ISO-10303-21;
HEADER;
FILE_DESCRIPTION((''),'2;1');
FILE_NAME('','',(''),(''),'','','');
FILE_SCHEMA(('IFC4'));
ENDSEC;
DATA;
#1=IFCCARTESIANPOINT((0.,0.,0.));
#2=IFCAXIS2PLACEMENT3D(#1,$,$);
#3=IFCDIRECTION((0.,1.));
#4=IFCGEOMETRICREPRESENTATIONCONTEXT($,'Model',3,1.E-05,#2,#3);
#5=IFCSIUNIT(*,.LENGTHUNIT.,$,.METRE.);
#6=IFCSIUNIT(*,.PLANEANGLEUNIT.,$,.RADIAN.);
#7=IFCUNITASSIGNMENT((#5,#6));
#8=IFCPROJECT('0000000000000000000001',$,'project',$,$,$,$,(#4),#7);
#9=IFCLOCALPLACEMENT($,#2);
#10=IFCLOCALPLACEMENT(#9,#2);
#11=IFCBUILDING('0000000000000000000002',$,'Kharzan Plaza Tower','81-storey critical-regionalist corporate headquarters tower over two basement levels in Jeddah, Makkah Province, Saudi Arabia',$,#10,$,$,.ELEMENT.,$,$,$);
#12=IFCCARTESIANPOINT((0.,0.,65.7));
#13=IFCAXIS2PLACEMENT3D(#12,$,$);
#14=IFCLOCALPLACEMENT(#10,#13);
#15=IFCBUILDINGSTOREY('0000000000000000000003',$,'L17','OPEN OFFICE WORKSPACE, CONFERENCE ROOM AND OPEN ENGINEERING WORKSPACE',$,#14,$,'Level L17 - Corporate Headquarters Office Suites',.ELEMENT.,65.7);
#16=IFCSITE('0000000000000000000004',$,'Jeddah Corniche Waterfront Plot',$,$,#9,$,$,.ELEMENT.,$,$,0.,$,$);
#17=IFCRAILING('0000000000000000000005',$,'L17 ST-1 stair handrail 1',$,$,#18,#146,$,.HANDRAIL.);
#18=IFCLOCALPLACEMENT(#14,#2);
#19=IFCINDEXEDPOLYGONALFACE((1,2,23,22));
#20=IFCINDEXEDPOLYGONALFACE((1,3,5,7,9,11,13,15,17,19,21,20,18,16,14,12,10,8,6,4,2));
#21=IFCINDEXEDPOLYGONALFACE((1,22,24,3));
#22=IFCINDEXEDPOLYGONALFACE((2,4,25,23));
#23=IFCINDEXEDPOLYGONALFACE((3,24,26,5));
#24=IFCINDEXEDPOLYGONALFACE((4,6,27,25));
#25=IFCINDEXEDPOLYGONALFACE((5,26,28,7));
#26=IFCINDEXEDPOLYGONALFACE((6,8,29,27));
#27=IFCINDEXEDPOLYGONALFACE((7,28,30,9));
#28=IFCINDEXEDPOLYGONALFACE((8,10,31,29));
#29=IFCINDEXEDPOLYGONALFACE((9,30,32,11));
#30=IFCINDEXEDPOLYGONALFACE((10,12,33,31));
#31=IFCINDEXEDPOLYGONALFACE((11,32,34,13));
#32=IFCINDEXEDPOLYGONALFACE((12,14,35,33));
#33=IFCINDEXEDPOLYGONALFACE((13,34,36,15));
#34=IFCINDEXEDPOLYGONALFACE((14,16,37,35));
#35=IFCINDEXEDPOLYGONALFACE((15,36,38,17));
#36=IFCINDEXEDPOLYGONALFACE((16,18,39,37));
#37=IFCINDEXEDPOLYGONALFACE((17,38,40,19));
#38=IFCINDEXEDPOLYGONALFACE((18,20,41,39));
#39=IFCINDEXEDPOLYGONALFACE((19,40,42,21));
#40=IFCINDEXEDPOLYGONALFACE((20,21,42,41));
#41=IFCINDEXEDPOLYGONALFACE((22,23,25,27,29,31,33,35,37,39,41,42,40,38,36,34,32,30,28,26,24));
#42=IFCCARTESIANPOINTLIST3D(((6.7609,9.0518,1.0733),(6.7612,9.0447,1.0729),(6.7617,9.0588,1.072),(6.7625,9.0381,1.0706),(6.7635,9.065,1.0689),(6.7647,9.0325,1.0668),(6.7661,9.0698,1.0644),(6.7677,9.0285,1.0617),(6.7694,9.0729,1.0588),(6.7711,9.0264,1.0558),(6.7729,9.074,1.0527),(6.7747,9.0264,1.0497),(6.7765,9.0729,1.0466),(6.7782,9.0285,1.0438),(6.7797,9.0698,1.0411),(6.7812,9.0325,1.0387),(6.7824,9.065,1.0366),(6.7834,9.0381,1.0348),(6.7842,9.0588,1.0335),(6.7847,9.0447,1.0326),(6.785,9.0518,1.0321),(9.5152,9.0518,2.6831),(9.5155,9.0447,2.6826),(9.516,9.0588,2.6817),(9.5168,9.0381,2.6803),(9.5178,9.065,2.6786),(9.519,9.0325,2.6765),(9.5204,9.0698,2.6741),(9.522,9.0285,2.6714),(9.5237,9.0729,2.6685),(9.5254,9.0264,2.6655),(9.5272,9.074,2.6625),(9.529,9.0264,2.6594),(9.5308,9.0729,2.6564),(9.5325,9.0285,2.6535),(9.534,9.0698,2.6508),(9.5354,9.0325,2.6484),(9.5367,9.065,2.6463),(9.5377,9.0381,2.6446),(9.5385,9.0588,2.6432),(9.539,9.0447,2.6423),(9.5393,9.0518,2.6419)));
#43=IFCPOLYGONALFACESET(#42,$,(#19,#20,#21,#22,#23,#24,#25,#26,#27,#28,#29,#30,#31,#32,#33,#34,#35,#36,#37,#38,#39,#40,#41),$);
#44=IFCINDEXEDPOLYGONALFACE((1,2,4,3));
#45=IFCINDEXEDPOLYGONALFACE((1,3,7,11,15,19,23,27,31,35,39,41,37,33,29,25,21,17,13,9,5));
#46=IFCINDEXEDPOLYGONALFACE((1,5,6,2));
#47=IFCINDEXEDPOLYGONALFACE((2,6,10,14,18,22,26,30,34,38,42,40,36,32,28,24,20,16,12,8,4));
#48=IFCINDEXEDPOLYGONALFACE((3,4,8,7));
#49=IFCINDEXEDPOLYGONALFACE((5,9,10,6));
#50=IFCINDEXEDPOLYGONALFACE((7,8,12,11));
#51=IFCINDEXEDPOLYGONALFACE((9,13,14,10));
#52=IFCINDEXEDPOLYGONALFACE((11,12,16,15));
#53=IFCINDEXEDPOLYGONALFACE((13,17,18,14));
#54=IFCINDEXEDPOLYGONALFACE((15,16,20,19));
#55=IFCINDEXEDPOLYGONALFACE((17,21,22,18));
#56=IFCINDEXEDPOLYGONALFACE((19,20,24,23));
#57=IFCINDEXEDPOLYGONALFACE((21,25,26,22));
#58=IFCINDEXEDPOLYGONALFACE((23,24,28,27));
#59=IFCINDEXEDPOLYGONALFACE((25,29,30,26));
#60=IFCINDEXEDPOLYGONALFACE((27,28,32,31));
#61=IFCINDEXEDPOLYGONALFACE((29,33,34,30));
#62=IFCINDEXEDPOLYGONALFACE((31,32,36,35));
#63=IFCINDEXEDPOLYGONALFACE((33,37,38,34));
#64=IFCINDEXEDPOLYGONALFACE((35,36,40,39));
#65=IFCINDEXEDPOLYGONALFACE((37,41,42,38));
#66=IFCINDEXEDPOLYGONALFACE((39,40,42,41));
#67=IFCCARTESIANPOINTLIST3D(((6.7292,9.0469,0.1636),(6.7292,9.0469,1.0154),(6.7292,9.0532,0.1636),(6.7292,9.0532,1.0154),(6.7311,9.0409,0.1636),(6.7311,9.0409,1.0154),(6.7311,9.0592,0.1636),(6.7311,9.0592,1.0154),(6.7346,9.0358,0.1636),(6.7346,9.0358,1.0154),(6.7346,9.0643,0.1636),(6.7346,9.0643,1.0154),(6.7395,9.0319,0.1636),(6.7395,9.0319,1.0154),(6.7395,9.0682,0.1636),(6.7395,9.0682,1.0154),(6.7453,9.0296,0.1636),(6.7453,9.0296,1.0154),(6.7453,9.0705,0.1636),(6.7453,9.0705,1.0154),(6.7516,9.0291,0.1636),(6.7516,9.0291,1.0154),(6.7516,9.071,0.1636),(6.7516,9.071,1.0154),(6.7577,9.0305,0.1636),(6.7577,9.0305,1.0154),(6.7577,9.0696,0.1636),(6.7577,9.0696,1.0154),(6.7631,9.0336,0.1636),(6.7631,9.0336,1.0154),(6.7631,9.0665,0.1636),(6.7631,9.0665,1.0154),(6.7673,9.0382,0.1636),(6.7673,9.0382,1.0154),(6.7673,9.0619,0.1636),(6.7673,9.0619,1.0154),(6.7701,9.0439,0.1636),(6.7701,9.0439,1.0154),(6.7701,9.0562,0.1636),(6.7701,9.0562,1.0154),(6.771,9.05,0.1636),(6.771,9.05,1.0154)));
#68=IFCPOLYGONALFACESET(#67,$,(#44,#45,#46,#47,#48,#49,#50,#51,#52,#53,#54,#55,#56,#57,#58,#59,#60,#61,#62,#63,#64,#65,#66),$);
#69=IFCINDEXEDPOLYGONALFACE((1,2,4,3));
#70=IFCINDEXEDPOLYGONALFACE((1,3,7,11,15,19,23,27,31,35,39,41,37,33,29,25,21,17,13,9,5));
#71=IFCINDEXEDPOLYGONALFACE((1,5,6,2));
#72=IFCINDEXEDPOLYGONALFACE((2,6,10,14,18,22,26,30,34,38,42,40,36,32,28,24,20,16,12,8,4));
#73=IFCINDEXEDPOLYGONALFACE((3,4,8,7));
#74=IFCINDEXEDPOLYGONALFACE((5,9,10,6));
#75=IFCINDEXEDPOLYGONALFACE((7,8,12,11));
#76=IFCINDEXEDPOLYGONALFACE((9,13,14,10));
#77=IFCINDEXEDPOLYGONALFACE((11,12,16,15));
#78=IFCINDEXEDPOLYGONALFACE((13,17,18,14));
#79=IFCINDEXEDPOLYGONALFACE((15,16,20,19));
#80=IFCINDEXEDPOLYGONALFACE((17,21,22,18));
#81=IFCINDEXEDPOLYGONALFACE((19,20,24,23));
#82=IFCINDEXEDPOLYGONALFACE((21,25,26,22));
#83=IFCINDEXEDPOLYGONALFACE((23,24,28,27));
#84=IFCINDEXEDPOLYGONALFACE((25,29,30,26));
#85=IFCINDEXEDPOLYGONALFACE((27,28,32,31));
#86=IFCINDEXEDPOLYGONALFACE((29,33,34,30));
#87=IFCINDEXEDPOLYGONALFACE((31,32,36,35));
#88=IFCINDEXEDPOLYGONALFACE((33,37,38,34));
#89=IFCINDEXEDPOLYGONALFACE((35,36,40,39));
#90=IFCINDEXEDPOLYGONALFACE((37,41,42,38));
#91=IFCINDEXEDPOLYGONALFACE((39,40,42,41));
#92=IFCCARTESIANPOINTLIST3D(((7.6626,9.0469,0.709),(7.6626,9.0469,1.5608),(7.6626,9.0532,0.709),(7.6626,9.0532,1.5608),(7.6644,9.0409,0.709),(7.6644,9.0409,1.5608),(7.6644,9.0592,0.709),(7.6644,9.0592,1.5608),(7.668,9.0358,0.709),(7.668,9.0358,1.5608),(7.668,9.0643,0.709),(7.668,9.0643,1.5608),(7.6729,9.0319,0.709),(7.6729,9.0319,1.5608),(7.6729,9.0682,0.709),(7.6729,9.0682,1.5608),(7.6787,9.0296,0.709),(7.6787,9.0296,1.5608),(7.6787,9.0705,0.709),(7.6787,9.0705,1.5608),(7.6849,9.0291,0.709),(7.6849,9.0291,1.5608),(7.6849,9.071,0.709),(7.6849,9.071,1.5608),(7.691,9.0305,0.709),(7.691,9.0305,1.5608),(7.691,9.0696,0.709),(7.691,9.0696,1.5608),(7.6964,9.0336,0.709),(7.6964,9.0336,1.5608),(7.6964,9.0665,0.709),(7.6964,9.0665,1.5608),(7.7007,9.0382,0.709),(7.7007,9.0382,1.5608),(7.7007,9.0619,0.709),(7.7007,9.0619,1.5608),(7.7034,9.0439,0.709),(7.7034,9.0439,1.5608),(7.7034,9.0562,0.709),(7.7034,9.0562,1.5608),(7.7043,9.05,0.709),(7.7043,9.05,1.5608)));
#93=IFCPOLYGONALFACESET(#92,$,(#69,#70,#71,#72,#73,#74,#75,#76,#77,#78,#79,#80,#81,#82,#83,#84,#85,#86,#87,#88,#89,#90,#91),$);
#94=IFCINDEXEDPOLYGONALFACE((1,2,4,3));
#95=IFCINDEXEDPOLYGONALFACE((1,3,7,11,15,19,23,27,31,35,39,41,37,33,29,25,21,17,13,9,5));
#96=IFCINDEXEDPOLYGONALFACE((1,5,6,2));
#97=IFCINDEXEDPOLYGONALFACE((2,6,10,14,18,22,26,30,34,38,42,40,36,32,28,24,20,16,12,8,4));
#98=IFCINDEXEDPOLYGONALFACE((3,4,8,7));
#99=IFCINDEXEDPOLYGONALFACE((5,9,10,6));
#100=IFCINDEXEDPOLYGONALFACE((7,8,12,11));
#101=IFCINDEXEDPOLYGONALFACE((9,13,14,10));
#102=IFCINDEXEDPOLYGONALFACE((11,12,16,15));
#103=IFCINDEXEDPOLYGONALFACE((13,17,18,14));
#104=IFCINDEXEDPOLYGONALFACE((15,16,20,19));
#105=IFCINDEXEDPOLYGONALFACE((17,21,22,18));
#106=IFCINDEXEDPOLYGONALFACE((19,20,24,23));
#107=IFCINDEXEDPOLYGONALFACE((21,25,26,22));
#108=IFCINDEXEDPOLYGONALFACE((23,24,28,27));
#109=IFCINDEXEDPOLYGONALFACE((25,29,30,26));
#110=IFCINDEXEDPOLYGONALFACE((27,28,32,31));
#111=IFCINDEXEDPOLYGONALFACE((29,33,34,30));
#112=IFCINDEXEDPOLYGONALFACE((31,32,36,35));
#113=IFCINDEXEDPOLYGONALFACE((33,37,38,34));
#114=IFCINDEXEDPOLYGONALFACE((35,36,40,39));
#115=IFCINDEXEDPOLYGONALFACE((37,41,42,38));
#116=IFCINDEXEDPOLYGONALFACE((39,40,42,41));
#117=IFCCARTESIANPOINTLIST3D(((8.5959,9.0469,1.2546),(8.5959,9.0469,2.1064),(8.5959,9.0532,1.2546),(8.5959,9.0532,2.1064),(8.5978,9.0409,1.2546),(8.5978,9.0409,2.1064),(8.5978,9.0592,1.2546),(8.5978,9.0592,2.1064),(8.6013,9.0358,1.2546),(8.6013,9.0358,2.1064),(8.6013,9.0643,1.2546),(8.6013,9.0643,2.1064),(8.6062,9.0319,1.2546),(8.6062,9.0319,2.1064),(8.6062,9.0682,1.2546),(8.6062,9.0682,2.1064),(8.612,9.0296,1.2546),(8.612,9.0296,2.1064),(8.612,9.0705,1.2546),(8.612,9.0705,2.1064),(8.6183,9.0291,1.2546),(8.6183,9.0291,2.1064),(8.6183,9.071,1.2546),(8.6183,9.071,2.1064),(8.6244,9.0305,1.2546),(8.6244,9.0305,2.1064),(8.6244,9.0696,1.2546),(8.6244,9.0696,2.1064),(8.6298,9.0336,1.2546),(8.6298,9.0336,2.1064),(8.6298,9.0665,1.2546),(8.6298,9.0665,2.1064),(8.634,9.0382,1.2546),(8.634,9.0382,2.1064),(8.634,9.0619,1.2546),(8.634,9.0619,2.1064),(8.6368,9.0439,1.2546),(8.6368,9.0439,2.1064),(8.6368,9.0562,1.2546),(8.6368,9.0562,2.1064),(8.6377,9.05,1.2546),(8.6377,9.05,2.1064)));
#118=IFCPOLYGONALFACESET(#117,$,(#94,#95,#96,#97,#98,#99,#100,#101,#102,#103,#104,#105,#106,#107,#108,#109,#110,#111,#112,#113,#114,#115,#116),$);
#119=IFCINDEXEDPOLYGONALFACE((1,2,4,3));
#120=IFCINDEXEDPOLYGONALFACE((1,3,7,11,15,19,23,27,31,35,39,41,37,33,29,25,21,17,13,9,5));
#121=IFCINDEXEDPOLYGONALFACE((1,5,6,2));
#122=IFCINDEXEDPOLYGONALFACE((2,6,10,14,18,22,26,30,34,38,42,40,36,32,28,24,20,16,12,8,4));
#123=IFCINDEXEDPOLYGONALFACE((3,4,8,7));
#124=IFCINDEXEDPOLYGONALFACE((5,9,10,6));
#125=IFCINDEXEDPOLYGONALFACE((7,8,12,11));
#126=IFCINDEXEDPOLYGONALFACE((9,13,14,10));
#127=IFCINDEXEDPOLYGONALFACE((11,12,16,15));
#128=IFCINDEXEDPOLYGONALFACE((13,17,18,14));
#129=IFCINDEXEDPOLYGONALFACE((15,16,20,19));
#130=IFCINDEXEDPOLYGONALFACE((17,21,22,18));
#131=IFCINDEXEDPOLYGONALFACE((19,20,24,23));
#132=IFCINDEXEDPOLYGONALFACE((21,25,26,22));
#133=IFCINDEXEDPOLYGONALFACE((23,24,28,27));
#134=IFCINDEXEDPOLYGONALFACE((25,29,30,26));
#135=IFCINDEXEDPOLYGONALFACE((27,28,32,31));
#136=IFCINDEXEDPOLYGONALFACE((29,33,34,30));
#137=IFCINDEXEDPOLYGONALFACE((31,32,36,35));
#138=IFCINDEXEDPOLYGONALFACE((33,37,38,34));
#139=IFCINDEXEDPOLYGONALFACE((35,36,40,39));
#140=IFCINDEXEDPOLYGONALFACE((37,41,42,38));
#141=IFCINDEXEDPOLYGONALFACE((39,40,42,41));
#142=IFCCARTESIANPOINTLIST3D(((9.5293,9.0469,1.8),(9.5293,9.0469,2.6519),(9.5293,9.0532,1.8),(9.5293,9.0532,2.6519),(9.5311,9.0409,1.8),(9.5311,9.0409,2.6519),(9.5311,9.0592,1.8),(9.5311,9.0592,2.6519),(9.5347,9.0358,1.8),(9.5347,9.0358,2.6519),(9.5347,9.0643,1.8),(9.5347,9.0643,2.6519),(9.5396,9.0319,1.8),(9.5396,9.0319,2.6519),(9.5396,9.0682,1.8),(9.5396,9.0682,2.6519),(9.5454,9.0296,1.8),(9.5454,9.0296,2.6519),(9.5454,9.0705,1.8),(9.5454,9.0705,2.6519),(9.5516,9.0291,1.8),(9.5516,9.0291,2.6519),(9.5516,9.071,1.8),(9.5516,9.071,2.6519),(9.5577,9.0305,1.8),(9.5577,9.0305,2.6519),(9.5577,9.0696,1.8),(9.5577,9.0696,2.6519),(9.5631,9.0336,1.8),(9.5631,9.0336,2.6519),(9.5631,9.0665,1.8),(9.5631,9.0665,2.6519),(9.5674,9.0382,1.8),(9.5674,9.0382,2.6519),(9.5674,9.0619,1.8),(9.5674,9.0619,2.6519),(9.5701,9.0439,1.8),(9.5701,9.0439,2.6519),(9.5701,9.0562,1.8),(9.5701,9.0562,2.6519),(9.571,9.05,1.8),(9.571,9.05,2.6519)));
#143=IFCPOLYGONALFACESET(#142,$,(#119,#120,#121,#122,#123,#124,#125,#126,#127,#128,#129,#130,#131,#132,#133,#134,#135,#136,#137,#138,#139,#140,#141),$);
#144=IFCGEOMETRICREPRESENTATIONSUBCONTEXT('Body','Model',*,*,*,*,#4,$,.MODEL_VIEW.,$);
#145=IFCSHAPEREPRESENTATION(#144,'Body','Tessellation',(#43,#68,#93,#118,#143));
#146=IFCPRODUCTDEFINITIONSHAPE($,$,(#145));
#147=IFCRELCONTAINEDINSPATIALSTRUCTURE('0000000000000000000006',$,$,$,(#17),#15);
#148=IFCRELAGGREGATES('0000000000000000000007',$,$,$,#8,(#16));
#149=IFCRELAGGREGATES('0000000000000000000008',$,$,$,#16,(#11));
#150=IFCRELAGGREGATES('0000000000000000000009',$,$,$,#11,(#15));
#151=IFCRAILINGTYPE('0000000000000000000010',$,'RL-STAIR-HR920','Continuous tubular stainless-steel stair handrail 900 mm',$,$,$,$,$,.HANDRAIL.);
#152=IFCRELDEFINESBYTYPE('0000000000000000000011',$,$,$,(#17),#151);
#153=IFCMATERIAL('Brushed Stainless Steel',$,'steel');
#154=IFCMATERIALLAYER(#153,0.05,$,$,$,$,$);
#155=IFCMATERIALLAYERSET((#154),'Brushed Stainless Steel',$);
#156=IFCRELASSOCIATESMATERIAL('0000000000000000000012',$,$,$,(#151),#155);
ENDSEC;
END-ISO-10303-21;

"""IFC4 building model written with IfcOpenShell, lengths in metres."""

from ifc_helpers import new_model, si_unit, direction, frame, origin, origin_2d, place, context, subcontext, project, spatial, circle, extrude, source, transform, mapped, material, layer, layer_set, type_object, element, save


model = new_model("IFC4")

# Units and contexts
model_context = context("Model", 3, precision=1e-05, world=origin(), true_north=direction((0.0, 1.0)))
body_context = subcontext(model_context, "Body", "Model", "MODEL_VIEW")
ifc_project = project(units=[si_unit("LENGTHUNIT", "METRE"), si_unit("PLANEANGLEUNIT", "RADIAN")], contexts=[model_context])

# Site, building, storey
site_placement = place(None, origin())
site = spatial("IfcSite", under=ifc_project, at=site_placement, Name="Jeddah Corniche Waterfront Plot", CompositionType="ELEMENT", RefElevation=0.0)
building_placement = place(site_placement, origin())
building = spatial("IfcBuilding", under=site, at=building_placement, Name="Kharzan Plaza Tower", Description="81-storey critical-regionalist corporate headquarters tower over two basement levels in Jeddah, Makkah Province, Saudi Arabia", CompositionType="ELEMENT")
storey_placement = place(building_placement, frame((0.0, 0.0, 65.7)))
storey = spatial("IfcBuildingStorey", under=building, at=storey_placement, Name="L17", Description="OPEN OFFICE WORKSPACE, CONFERENCE ROOM AND OPEN ENGINEERING WORKSPACE", LongName="Level L17 - Corporate Headquarters Office Suites", CompositionType="ELEMENT", Elevation=65.7)

# Railing
ifc_material_1 = material(Name="Brushed Stainless Steel", Category="steel")
ifc_layer_1 = layer(ifc_material_1, 0.05)
ifc_layer_set_1 = layer_set([ifc_layer_1], Name="Brushed Stainless Steel")
railing_type_1 = type_object("IfcRailingType", Name="RL-STAIR-HR920", Description="Continuous tubular stainless-steel stair handrail 900 mm", PredefinedType="HANDRAIL", material=ifc_layer_set_1)
shared_shape_1 = source(origin(), body_context, "Body", "SweptSolid", [
    extrude(circle(Radius=0.0239, at=origin_2d()), frame((0.0229, 0.0, 0.8892), z_axis=(0.863361, 0.0, 0.504587), x_axis=(0.0, 1.0, 0.0)), (0.0, 0.0, 1.0), 3.1902),
    extrude(circle(Radius=0.021, at=origin_2d()), origin(), (0.0, 0.0, 1.0), 0.8518),
    extrude(circle(Radius=0.021, at=origin_2d()), frame((0.9333, 0.0, 0.5454)), (0.0, 0.0, 1.0), 0.8518),
    extrude(circle(Radius=0.021, at=origin_2d()), frame((1.8667, 0.0, 1.0911)), (0.0, 0.0, 1.0), 0.8518),
    extrude(circle(Radius=0.021, at=origin_2d()), frame((2.8, 0.0, 1.6365)), (0.0, 0.0, 1.0), 0.8518),
])
railing_1_placement = place(storey_placement, frame((6.75, 9.05, 0.1636)))
element("IfcRailing", 1, at=railing_1_placement, inside=storey, type_object=railing_type_1, Name="L17 ST-1 stair handrail 1", PredefinedType="HANDRAIL", context=body_context, shape_type="MappedRepresentation", body=[
    mapped(shared_shape_1, transform((0.0, 0.0, 0.0), x_axis=(1.0, 0.0, 0.0), y_axis=(0.0, 1.0, 0.0), z_axis=(0.0, 0.0, 1.0))),
])

save(model, "model.ifc")
